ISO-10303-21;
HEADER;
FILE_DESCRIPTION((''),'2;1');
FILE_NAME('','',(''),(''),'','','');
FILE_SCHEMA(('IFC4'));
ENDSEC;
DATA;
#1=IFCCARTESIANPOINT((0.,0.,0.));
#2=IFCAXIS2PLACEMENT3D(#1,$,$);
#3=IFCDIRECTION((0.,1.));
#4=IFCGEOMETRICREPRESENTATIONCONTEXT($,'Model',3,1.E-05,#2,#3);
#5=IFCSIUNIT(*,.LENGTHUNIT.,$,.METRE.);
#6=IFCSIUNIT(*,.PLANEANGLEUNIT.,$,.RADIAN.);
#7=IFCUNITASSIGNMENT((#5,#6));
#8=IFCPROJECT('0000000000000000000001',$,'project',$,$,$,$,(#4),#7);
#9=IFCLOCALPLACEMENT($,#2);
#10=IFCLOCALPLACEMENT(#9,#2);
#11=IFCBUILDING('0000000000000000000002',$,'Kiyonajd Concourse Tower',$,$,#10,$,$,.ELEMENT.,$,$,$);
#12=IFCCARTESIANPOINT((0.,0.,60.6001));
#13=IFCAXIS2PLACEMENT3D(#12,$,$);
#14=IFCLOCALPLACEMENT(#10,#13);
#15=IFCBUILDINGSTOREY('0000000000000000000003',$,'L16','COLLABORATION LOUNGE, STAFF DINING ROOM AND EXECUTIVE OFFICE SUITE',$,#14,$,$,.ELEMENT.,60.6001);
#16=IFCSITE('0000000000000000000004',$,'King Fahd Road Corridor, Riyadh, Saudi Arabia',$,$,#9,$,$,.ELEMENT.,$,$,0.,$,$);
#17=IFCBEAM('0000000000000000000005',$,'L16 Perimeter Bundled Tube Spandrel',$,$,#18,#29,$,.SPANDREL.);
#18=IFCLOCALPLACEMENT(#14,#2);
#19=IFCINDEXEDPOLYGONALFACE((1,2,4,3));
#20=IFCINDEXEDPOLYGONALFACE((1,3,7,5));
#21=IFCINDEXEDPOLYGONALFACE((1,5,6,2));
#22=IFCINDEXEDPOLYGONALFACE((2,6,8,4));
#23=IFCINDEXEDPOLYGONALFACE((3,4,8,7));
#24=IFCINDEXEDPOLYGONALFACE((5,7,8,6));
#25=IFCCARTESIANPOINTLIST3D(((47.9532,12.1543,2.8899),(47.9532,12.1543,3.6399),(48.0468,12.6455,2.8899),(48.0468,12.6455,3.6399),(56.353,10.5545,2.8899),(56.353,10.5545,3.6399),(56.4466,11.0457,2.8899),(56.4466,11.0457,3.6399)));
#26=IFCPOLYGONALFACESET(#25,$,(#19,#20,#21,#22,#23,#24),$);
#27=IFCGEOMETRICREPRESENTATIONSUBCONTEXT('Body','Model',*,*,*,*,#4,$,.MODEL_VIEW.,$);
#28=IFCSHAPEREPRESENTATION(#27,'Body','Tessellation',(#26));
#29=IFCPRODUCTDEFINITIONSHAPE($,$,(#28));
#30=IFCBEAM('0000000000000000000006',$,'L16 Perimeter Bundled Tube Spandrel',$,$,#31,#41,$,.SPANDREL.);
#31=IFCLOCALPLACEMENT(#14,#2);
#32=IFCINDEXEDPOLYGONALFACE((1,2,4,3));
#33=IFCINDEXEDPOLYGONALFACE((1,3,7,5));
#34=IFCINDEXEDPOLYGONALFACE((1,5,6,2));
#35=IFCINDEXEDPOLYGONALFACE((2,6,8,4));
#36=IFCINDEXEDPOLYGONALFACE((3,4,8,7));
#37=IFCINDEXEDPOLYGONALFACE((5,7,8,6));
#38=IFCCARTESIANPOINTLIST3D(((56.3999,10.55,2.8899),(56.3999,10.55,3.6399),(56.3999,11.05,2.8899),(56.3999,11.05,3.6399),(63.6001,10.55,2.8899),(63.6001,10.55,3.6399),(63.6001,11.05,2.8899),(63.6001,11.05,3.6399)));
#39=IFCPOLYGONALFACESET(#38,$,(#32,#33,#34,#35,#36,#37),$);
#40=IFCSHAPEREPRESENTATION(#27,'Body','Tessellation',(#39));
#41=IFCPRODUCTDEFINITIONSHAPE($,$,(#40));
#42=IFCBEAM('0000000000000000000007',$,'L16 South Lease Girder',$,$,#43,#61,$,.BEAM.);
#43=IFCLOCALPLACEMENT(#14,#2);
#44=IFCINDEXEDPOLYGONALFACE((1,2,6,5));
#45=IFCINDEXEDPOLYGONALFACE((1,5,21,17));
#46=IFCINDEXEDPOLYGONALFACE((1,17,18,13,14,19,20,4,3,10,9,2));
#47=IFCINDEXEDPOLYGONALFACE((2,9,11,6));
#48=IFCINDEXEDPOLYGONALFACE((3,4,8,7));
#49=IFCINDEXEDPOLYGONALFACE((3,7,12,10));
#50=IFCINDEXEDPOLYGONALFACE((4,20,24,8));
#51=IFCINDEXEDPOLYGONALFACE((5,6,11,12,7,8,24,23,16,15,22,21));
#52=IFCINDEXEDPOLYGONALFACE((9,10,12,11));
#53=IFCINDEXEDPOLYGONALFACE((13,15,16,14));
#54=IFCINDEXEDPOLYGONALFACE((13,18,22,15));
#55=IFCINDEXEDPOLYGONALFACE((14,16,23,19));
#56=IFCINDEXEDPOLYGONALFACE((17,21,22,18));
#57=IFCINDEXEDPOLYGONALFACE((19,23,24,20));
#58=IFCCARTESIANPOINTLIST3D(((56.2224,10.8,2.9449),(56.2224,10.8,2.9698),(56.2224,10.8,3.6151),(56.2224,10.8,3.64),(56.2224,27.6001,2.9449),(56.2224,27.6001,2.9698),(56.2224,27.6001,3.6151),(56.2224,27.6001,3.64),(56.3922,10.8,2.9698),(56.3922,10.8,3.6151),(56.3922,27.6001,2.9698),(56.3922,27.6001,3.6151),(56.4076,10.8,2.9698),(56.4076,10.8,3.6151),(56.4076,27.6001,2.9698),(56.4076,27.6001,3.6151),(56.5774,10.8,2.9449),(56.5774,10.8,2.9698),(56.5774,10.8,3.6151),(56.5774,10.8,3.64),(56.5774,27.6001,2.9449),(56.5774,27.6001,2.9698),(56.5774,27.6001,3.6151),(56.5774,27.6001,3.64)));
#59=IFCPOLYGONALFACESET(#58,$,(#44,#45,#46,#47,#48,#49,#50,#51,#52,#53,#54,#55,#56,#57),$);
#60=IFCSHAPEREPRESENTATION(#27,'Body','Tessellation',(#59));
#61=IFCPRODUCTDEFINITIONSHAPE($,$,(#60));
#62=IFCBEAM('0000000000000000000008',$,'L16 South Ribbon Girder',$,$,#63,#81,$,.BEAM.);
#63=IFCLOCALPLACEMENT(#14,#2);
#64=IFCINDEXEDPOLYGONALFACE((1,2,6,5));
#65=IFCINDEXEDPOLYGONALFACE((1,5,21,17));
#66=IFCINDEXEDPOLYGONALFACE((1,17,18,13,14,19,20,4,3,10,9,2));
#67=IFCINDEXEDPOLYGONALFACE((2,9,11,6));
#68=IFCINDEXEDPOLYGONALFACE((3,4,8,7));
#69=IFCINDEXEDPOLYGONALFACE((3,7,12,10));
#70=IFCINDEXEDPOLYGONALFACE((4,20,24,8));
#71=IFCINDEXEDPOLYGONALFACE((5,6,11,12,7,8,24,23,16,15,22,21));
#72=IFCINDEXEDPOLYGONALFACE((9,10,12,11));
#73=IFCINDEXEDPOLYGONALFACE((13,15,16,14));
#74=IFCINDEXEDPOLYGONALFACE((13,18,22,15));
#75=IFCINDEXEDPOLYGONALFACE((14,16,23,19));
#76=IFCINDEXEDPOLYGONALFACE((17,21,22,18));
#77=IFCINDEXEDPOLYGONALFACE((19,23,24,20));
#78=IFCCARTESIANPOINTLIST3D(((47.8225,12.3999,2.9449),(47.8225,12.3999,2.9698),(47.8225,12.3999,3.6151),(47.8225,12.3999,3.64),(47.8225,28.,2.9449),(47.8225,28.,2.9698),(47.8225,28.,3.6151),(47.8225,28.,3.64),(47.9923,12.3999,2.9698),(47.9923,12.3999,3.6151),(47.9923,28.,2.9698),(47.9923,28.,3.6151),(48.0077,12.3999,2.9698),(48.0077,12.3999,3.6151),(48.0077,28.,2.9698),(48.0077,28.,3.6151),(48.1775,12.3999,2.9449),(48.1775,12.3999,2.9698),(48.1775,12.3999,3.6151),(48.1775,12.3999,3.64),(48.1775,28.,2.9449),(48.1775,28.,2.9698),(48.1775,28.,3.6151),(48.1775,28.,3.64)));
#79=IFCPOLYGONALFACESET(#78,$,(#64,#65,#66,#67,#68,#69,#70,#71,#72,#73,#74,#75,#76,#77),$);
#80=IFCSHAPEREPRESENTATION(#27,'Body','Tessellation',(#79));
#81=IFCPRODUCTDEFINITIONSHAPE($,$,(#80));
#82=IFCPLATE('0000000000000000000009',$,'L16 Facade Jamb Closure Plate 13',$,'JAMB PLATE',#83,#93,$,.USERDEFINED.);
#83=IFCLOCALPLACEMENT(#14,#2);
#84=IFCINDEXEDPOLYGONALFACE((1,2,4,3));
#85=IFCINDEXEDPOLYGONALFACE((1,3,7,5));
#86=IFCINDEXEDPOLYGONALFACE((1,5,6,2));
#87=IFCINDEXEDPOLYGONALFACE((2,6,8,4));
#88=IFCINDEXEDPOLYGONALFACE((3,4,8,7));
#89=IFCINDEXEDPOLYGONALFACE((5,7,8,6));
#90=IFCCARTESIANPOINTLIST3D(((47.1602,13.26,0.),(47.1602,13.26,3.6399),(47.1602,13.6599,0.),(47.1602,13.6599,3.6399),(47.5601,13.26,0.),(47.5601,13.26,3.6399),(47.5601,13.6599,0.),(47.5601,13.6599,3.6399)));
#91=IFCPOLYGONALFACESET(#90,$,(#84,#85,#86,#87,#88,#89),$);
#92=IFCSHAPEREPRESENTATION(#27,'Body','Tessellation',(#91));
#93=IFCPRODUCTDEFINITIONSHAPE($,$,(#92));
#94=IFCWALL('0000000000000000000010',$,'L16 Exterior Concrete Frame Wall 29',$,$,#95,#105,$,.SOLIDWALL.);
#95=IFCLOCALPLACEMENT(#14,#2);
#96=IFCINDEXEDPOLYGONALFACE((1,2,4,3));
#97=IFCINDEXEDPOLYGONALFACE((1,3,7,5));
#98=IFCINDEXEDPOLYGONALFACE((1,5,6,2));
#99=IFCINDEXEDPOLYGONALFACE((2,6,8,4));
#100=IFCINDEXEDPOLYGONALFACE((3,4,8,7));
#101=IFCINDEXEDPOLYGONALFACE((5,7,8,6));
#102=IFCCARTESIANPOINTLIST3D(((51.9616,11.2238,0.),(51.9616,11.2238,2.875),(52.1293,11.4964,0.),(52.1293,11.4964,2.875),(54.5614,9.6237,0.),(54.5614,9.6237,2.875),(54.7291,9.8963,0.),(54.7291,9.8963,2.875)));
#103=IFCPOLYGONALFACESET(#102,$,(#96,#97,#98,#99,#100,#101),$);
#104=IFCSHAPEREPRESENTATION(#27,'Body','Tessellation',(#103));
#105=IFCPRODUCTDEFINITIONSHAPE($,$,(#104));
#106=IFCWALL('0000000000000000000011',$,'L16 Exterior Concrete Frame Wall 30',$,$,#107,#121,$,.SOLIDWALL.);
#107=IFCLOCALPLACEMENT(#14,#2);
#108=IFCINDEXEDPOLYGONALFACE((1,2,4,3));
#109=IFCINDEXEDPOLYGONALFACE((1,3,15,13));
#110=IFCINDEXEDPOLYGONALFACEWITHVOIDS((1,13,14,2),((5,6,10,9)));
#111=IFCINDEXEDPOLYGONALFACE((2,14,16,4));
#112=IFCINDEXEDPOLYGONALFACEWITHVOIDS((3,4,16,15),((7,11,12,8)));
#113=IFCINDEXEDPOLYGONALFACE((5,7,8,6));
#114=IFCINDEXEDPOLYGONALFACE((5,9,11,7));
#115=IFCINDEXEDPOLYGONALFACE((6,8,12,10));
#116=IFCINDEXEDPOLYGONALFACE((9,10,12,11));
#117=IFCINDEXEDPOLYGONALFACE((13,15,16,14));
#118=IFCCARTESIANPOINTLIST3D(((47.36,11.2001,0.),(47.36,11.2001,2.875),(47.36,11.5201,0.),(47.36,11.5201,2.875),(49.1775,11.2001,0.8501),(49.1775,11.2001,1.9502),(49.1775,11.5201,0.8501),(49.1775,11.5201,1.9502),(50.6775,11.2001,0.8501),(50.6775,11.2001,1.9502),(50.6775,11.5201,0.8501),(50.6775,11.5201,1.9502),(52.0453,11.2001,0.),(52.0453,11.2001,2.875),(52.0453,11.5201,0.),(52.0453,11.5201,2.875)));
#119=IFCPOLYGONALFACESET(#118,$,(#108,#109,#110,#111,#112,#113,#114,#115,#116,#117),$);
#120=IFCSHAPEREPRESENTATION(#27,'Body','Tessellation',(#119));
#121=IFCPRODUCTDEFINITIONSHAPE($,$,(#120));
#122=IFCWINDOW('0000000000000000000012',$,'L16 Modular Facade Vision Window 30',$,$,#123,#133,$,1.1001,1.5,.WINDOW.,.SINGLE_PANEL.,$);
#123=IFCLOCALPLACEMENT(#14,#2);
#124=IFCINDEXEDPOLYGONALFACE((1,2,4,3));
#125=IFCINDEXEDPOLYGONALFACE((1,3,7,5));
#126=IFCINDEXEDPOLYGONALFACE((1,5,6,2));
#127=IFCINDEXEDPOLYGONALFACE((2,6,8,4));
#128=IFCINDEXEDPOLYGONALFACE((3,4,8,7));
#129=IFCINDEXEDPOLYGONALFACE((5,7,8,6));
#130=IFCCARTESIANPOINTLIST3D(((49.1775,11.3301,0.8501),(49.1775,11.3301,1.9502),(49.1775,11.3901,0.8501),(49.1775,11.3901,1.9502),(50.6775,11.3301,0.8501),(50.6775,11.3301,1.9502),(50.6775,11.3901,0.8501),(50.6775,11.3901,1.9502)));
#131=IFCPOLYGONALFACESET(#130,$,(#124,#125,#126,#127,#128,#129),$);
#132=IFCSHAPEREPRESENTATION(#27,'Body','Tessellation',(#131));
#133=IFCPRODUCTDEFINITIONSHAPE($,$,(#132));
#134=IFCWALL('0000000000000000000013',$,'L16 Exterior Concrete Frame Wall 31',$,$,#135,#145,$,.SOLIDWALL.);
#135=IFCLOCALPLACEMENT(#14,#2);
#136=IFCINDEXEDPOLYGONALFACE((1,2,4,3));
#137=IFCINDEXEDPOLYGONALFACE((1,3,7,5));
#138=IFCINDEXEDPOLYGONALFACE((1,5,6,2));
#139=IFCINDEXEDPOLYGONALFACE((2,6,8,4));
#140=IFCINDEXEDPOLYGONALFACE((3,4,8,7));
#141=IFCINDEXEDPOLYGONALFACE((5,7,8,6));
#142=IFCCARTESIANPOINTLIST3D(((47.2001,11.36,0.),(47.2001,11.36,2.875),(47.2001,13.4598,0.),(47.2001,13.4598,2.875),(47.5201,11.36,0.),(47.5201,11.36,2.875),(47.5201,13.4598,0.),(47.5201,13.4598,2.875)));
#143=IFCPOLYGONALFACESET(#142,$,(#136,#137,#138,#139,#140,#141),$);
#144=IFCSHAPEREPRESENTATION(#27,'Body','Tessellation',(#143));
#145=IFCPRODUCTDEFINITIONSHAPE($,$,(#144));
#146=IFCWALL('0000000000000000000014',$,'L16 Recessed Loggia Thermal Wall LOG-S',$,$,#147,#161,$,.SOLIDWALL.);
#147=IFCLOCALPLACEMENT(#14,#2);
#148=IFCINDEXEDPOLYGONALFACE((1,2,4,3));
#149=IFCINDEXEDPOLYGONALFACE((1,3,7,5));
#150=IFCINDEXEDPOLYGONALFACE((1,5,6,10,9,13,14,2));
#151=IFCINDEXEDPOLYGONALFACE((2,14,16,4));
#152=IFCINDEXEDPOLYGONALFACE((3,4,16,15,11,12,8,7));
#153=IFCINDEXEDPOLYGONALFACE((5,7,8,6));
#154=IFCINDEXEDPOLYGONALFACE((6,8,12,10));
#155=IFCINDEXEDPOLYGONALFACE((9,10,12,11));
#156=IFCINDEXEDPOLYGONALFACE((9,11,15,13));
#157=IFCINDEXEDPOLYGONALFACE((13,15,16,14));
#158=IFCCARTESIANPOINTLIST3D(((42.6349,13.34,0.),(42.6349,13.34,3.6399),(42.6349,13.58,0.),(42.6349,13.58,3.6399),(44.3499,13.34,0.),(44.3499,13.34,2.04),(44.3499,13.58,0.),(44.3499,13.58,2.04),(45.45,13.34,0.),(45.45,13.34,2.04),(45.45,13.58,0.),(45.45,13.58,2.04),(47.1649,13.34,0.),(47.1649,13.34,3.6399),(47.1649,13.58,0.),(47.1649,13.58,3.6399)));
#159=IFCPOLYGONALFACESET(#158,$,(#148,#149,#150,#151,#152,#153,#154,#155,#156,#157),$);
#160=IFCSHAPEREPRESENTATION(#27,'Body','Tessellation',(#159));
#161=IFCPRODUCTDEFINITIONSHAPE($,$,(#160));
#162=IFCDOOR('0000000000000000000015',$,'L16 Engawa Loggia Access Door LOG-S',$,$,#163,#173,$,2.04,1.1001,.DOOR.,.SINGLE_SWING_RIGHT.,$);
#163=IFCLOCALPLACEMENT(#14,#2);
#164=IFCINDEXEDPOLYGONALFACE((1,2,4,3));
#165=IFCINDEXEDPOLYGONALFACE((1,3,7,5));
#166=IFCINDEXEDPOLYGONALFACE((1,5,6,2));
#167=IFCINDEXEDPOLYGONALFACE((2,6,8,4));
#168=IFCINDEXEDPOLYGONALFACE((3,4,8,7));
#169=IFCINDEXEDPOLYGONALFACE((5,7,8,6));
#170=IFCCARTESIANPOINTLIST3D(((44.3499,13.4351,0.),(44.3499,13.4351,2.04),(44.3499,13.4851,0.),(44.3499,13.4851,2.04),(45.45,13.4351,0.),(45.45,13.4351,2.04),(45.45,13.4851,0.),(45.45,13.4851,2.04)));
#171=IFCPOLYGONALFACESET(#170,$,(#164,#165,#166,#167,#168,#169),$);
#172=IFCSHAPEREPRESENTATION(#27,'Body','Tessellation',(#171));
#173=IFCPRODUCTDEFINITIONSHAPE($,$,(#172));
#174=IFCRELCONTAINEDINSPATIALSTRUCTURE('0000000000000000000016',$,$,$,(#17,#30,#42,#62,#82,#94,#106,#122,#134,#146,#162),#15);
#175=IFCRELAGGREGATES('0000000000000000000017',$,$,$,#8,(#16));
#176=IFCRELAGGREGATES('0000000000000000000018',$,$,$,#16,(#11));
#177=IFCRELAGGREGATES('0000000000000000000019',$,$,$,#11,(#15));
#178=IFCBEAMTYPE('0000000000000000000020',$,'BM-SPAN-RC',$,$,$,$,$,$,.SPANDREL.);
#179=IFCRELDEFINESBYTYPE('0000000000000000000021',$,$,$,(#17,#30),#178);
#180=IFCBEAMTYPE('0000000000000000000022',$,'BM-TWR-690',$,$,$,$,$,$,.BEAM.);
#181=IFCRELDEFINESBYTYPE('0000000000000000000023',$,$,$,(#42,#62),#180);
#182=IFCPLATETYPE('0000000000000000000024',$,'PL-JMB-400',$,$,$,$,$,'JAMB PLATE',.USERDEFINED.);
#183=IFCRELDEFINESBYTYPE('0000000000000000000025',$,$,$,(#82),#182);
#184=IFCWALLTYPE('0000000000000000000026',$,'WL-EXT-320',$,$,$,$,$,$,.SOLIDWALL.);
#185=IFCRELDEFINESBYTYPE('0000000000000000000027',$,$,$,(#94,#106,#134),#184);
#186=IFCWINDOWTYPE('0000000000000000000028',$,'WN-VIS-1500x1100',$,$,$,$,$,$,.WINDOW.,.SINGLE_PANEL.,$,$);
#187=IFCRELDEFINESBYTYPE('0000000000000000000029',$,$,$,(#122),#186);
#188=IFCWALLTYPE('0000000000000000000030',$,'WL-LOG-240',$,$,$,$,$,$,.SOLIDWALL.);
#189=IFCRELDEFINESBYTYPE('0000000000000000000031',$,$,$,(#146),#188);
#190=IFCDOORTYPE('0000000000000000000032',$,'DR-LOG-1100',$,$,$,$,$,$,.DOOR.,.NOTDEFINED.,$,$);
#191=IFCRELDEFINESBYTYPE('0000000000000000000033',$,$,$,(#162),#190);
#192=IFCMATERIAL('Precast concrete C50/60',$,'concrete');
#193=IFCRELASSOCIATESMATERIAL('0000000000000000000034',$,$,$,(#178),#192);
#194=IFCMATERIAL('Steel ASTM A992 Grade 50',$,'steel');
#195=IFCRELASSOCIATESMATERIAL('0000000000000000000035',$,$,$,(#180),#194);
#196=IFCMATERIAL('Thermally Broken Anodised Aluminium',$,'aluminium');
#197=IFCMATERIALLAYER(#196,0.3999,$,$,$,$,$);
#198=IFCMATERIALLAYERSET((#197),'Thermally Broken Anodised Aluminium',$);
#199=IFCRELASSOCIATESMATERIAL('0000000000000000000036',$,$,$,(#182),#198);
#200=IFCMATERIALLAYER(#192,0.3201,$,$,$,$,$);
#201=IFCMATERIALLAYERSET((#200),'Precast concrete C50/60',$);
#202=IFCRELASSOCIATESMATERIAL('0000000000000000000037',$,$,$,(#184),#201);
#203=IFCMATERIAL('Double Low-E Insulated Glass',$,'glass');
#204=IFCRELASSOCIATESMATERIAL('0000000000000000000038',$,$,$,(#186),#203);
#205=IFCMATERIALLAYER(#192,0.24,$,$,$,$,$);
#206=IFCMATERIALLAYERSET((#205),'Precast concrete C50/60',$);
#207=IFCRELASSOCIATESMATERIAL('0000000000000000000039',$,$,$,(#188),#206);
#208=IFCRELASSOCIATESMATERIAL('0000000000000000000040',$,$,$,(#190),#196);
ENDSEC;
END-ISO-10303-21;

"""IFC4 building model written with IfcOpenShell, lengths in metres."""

from ifc_helpers import new_model, si_unit, direction, frame, frame_2d, origin, origin_2d, place, context, subcontext, project, spatial, rectangle, i_section, extrude, material, layer, layer_set, material_profile, profile_set, type_object, element, fill, save


model = new_model("IFC4")

# Units and contexts
model_context = context("Model", 3, precision=1e-05, world=origin(), true_north=direction((0.0, 1.0)))
body_context = subcontext(model_context, "Body", "Model", "MODEL_VIEW")
ifc_project = project(units=[si_unit("LENGTHUNIT", "METRE"), si_unit("PLANEANGLEUNIT", "RADIAN")], contexts=[model_context])

# Site, building, storey
site_placement = place(None, origin())
site = spatial("IfcSite", under=ifc_project, at=site_placement, Name="King Fahd Road Corridor, Riyadh, Saudi Arabia", CompositionType="ELEMENT", RefElevation=0.0)
building_placement = place(site_placement, origin())
building = spatial("IfcBuilding", under=site, at=building_placement, Name="Kiyonajd Concourse Tower", CompositionType="ELEMENT")
storey_placement = place(building_placement, frame((0.0, 0.0, 60.6001)))
storey = spatial("IfcBuildingStorey", under=building, at=storey_placement, Name="L16", Description="COLLABORATION LOUNGE, STAFF DINING ROOM AND EXECUTIVE OFFICE SUITE", CompositionType="ELEMENT", Elevation=60.6001)

# Beams
ifc_material_1 = material(Name="Steel ASTM A992 Grade 50", Category="steel")
ifc_material_2 = material(Name="Precast concrete C50/60", Category="concrete")
ifc_material_profile_1 = material_profile(ifc_material_2, rectangle(XDim=0.5, YDim=0.75, at=origin_2d()), Name="RCBM-500x750")
ifc_profile_set_1 = profile_set([ifc_material_profile_1], Name="Precast concrete C50/60")
beam_type_1 = type_object("IfcBeamType", Name="BM-SPAN-RC", PredefinedType="SPANDREL", material=ifc_profile_set_1)
beam_1_placement = place(storey_placement, frame((48.0, 12.3999, 3.2649), z_axis=(0.982341, -0.187098, 0.0), x_axis=(0.187098, 0.982341, 0.0)))
element("IfcBeam", 1, at=beam_1_placement, inside=storey, type_object=beam_type_1, Name="L16 Perimeter Bundled Tube Spandrel", PredefinedType="SPANDREL", context=body_context, shape_type="SweptSolid", body=[
    extrude(rectangle(XDim=0.5, YDim=0.75, at=origin_2d()), origin(), (0.0, 0.0, 1.0), 8.5508),
])
beam_2_placement = place(storey_placement, frame((56.3999, 10.8, 3.2649), z_axis=(1.0, 0.0, 0.0), x_axis=(0.0, 1.0, 0.0)))
element("IfcBeam", 2, at=beam_2_placement, inside=storey, type_object=beam_type_1, Name="L16 Perimeter Bundled Tube Spandrel", PredefinedType="SPANDREL", context=body_context, shape_type="SweptSolid", body=[
    extrude(rectangle(XDim=0.5, YDim=0.75, at=origin_2d()), origin(), (0.0, 0.0, 1.0), 7.2002),
])
ifc_material_profile_2 = material_profile(ifc_material_1, i_section(OverallWidth=0.355, OverallDepth=0.6951, WebThickness=0.0154, FlangeThickness=0.0249, at=origin_2d()), Name="W690X217")
ifc_profile_set_2 = profile_set([ifc_material_profile_2], Name="Steel ASTM A992 Grade 50")
beam_type_2 = type_object("IfcBeamType", Name="BM-TWR-690", PredefinedType="BEAM", material=ifc_profile_set_2)
beam_3_placement = place(storey_placement, frame((56.3999, 10.8, 3.2925), z_axis=(0.0, 1.0, 0.0), x_axis=(-1.0, 0.0, 0.0)))
element("IfcBeam", 3, at=beam_3_placement, inside=storey, type_object=beam_type_2, Name="L16 South Lease Girder", PredefinedType="BEAM", context=body_context, shape_type="SweptSolid", body=[
    extrude(i_section(OverallWidth=0.355, OverallDepth=0.6951, WebThickness=0.0154, FlangeThickness=0.0249, at=origin_2d()), origin(), (0.0, 0.0, 1.0), 16.8),
])
beam_4_placement = place(storey_placement, frame((48.0, 12.3999, 3.2925), z_axis=(0.0, 1.0, 0.0), x_axis=(-1.0, 0.0, 0.0)))
element("IfcBeam", 4, at=beam_4_placement, inside=storey, type_object=beam_type_2, Name="L16 South Ribbon Girder", PredefinedType="BEAM", context=body_context, shape_type="SweptSolid", body=[
    extrude(i_section(OverallWidth=0.355, OverallDepth=0.6951, WebThickness=0.0154, FlangeThickness=0.0249, at=origin_2d()), origin(), (0.0, 0.0, 1.0), 15.6001),
])

# Plate
ifc_material_3 = material(Name="Thermally Broken Anodised Aluminium", Category="aluminium")
ifc_layer_1 = layer(ifc_material_3, 0.3999)
ifc_layer_set_1 = layer_set([ifc_layer_1], Name="Thermally Broken Anodised Aluminium")
plate_type = type_object("IfcPlateType", Name="PL-JMB-400", ElementType="JAMB PLATE", PredefinedType="USERDEFINED", material=ifc_layer_set_1)
plate_placement = place(storey_placement, frame((47.3601, 13.46, 0.0), z_axis=(0.0, 0.0, 1.0), x_axis=(1.0, 0.0, 0.0)))
element("IfcPlate", 5, at=plate_placement, inside=storey, type_object=plate_type, Name="L16 Facade Jamb Closure Plate 13", ObjectType="JAMB PLATE", PredefinedType="USERDEFINED", context=body_context, shape_type="SweptSolid", body=[
    extrude(rectangle(XDim=0.3999, YDim=0.3999, at=origin_2d()), origin(), (0.0, 0.0, 1.0), 3.6399),
])

# Wall
ifc_layer_2 = layer(ifc_material_2, 0.3201)
ifc_layer_set_2 = layer_set([ifc_layer_2], Name="Precast concrete C50/60")
wall_type_1 = type_object("IfcWallType", Name="WL-EXT-320", PredefinedType="SOLIDWALL", material=ifc_layer_set_2)
wall_1_placement = place(storey_placement, frame((54.6453, 9.76, 0.0), z_axis=(0.0, 0.0, 1.0), x_axis=(-0.851631, 0.524142, 0.0)))
element("IfcWall", 6, at=wall_1_placement, inside=storey, type_object=wall_type_1, Name="L16 Exterior Concrete Frame Wall 29", PredefinedType="SOLIDWALL", context=body_context, shape_type="SweptSolid", body=[
    extrude(rectangle(XDim=3.0527, YDim=0.3201, at=frame_2d((1.5264, 0.0))), origin(), (0.0, 0.0, 1.0), 2.875),
])

# Wall, opening, window
wall_2_placement = place(storey_placement, frame((52.0454, 11.3601, 0.0), z_axis=(0.0, 0.0, 1.0), x_axis=(-1.0, 0.0, 0.0)))
wall_2 = element("IfcWall", 7, at=wall_2_placement, inside=storey, type_object=wall_type_1, Name="L16 Exterior Concrete Frame Wall 30", PredefinedType="SOLIDWALL", context=body_context, shape_type="SweptSolid", body=[
    extrude(rectangle(XDim=4.6853, YDim=0.3201, at=frame_2d((2.3428, 0.0))), origin(), (0.0, 0.0, 1.0), 2.875),
])
opening_1_placement = place(wall_2_placement, frame((1.3679, 0.0, 0.8501)))
opening_1 = element("IfcOpeningElement", 8, at=opening_1_placement, cuts=wall_2, PredefinedType="OPENING", context=body_context, shape_type="SweptSolid", body=[
    extrude(rectangle(XDim=1.5, YDim=1.1001, at=frame_2d((0.75, 0.55))), frame((0.0, 0.1699, 0.0), z_axis=(0.0, -1.0, 0.0), x_axis=(1.0, 0.0, 0.0)), (0.0, 0.0, 1.0), 0.3401),
])
ifc_material_4 = material(Name="Double Low-E Insulated Glass", Category="glass")
window_type = type_object("IfcWindowType", Name="WN-VIS-1500x1100", PartitioningType="SINGLE_PANEL", PredefinedType="WINDOW", material=ifc_material_4)
window_placement = place(opening_1_placement, origin())
window = element("IfcWindow", 9, at=window_placement, inside=storey, type_object=window_type, Name="L16 Modular Facade Vision Window 30", OverallHeight=1.1001, OverallWidth=1.5, PartitioningType="SINGLE_PANEL", PredefinedType="WINDOW", context=body_context, shape_type="SweptSolid", body=[
    extrude(rectangle(XDim=1.5, YDim=1.1001, at=frame_2d((0.75, 0.55))), frame((0.0, 0.03, 0.0), z_axis=(0.0, -1.0, 0.0), x_axis=(1.0, 0.0, 0.0)), (0.0, 0.0, 1.0), 0.0601),
])
fill(opening_1, window)

# Wall
wall_3_placement = place(storey_placement, frame((47.3601, 11.3601, 0.0), z_axis=(0.0, 0.0, 1.0), x_axis=(0.0, 1.0, 0.0)))
element("IfcWall", 10, at=wall_3_placement, inside=storey, type_object=wall_type_1, Name="L16 Exterior Concrete Frame Wall 31", PredefinedType="SOLIDWALL", context=body_context, shape_type="SweptSolid", body=[
    extrude(rectangle(XDim=2.0999, YDim=0.3201, at=frame_2d((1.0498, 0.0))), origin(), (0.0, 0.0, 1.0), 2.875),
])

# Wall, opening, door
ifc_layer_3 = layer(ifc_material_2, 0.24)
ifc_layer_set_3 = layer_set([ifc_layer_3], Name="Precast concrete C50/60")
wall_type_2 = type_object("IfcWallType", Name="WL-LOG-240", PredefinedType="SOLIDWALL", material=ifc_layer_set_3)
wall_4_placement = place(storey_placement, frame((47.165, 13.46, 0.0), z_axis=(0.0, 0.0, 1.0), x_axis=(-1.0, 0.0, 0.0)))
wall_4 = element("IfcWall", 11, at=wall_4_placement, inside=storey, type_object=wall_type_2, Name="L16 Recessed Loggia Thermal Wall LOG-S", PredefinedType="SOLIDWALL", context=body_context, shape_type="SweptSolid", body=[
    extrude(rectangle(XDim=4.53, YDim=0.24, at=frame_2d((2.2651, 0.0))), origin(), (0.0, 0.0, 1.0), 3.6399),
])
opening_2_placement = place(wall_4_placement, frame((1.7151, 0.0, 0.0)))
opening_2 = element("IfcOpeningElement", 12, at=opening_2_placement, cuts=wall_4, PredefinedType="OPENING", context=body_context, shape_type="SweptSolid", body=[
    extrude(rectangle(XDim=1.1001, YDim=2.04, at=frame_2d((0.55, 1.02))), frame((0.0, 0.1299, 0.0), z_axis=(0.0, -1.0, 0.0), x_axis=(1.0, 0.0, 0.0)), (0.0, 0.0, 1.0), 0.26),
])
door_type = type_object("IfcDoorType", Name="DR-LOG-1100", OperationType="NOTDEFINED", PredefinedType="DOOR", material=ifc_material_3)
door_placement = place(opening_2_placement, origin())
door = element("IfcDoor", 13, at=door_placement, inside=storey, type_object=door_type, Name="L16 Engawa Loggia Access Door LOG-S", OperationType="SINGLE_SWING_RIGHT", OverallHeight=2.04, OverallWidth=1.1001, PredefinedType="DOOR", context=body_context, shape_type="SweptSolid", body=[
    extrude(rectangle(XDim=1.1001, YDim=2.04, at=frame_2d((0.55, 1.02))), frame((0.0, 0.0249, 0.0), z_axis=(0.0, -1.0, 0.0), x_axis=(1.0, 0.0, 0.0)), (0.0, 0.0, 1.0), 0.05),
])
fill(opening_2, door)

save(model, "model.ifc")
